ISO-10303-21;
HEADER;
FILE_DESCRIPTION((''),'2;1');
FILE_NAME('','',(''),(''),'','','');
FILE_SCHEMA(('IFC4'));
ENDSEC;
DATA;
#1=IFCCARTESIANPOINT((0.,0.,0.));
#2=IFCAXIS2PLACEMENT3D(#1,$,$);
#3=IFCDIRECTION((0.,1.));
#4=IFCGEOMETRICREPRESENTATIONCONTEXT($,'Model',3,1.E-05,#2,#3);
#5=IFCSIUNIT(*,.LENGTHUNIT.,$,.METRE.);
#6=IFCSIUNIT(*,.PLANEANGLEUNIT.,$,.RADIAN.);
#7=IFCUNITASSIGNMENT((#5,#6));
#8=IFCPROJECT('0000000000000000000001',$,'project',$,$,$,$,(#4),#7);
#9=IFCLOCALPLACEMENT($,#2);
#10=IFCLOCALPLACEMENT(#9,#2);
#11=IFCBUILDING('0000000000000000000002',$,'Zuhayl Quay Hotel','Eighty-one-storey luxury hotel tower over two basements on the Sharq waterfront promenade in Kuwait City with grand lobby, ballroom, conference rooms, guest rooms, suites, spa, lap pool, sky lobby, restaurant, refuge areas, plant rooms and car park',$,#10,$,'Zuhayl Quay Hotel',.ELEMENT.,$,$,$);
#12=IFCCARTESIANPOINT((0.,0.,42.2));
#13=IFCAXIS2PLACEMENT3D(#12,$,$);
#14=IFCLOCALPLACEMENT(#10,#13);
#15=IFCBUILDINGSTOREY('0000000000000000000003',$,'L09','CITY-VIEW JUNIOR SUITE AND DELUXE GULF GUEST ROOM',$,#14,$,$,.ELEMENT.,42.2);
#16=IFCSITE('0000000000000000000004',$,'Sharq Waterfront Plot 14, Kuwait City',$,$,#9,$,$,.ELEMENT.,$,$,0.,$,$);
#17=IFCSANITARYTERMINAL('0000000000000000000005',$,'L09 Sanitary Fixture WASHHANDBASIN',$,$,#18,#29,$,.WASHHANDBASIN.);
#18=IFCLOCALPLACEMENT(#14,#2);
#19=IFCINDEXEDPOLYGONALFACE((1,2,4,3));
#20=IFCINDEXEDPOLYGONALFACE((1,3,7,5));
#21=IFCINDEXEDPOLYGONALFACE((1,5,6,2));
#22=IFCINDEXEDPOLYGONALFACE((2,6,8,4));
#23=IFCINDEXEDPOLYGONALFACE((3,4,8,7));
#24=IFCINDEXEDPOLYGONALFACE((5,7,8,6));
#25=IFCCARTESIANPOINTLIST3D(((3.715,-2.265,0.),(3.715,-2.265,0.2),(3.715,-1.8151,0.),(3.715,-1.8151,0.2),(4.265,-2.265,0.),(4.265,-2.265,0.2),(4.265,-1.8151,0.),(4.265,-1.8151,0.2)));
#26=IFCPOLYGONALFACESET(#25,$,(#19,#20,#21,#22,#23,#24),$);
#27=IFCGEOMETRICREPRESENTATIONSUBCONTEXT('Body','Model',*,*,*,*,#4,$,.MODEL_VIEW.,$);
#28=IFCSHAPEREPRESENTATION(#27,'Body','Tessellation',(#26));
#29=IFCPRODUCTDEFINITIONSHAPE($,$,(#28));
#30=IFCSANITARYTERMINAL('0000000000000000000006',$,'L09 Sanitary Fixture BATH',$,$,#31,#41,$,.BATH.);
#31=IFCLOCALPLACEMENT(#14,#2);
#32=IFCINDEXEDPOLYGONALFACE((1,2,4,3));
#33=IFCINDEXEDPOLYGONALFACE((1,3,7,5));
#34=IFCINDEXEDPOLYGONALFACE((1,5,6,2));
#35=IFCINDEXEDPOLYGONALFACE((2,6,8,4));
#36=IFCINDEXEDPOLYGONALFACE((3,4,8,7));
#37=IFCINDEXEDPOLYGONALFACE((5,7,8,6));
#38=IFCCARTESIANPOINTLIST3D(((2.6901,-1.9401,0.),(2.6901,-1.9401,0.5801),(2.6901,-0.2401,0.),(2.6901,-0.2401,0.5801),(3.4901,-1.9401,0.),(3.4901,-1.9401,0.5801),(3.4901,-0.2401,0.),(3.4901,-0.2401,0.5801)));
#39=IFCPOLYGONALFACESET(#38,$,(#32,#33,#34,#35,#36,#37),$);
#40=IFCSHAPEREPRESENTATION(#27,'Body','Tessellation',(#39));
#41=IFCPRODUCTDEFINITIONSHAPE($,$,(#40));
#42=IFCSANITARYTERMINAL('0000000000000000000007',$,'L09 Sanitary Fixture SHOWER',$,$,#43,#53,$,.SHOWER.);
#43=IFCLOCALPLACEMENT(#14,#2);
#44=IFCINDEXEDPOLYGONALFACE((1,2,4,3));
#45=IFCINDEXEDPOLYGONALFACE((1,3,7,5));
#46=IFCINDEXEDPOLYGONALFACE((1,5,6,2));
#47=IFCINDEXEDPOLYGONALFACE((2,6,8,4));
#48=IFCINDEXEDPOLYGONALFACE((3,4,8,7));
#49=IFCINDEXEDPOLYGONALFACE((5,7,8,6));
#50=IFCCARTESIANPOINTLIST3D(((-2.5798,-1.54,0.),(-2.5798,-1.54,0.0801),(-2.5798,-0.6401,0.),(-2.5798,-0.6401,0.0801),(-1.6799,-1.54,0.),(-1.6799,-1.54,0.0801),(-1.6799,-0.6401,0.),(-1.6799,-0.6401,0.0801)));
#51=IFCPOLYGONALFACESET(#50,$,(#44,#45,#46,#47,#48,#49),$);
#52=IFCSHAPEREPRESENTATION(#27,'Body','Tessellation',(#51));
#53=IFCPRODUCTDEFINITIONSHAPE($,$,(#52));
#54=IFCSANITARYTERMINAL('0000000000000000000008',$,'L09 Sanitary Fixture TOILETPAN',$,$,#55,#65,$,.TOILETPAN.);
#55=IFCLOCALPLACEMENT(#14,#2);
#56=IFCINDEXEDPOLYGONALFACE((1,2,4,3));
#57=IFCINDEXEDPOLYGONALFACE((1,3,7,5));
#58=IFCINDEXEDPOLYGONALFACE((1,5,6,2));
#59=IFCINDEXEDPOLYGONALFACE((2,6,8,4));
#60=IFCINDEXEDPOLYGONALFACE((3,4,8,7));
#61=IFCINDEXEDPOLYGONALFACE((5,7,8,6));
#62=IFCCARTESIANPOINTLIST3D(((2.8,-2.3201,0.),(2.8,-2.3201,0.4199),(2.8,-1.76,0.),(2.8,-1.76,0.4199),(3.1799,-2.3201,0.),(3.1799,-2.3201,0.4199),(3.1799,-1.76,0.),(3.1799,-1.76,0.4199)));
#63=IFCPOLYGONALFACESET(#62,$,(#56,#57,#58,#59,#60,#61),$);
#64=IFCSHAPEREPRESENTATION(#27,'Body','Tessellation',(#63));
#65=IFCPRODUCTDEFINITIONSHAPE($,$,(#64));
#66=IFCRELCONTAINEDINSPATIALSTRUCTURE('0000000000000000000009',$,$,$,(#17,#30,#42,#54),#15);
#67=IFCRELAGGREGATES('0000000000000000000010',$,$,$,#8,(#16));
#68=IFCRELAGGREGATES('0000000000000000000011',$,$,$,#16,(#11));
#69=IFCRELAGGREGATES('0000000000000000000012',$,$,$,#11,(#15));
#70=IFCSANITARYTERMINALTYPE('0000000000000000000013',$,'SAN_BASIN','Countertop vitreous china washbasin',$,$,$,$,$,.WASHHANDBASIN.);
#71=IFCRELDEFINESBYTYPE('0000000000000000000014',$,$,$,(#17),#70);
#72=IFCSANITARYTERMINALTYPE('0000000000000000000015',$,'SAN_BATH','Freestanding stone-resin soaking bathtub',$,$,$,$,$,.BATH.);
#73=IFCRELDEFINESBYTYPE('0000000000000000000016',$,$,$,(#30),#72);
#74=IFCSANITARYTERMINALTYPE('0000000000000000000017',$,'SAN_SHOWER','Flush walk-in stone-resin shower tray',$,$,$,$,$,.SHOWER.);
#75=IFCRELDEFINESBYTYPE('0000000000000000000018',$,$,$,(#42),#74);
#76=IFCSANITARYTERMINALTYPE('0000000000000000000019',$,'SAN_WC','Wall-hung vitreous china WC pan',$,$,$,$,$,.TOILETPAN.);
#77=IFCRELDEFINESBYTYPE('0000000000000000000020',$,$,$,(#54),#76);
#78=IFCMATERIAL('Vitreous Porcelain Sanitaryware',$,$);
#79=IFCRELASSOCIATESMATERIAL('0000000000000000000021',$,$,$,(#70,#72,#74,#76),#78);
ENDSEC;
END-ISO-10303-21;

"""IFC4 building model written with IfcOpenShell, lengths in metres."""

from ifc_helpers import new_model, si_unit, direction, frame, origin, origin_2d, place, context, subcontext, project, spatial, rectangle, extrude, material, type_object, element, save


model = new_model("IFC4")

# Units and contexts
model_context = context("Model", 3, precision=1e-05, world=origin(), true_north=direction((0.0, 1.0)))
body_context = subcontext(model_context, "Body", "Model", "MODEL_VIEW")
ifc_project = project(units=[si_unit("LENGTHUNIT", "METRE"), si_unit("PLANEANGLEUNIT", "RADIAN")], contexts=[model_context])

# Site, building, storey
site_placement = place(None, origin())
site = spatial("IfcSite", under=ifc_project, at=site_placement, Name="Sharq Waterfront Plot 14, Kuwait City", CompositionType="ELEMENT", RefElevation=0.0)
building_placement = place(site_placement, origin())
building = spatial("IfcBuilding", under=site, at=building_placement, Name="Zuhayl Quay Hotel", Description="Eighty-one-storey luxury hotel tower over two basements on the Sharq waterfront promenade in Kuwait City with grand lobby, ballroom, conference rooms, guest rooms, suites, spa, lap pool, sky lobby, restaurant, refuge areas, plant rooms and car park", LongName="Zuhayl Quay Hotel", CompositionType="ELEMENT")
storey_placement = place(building_placement, frame((0.0, 0.0, 42.2)))
storey = spatial("IfcBuildingStorey", under=building, at=storey_placement, Name="L09", Description="CITY-VIEW JUNIOR SUITE AND DELUXE GULF GUEST ROOM", CompositionType="ELEMENT", Elevation=42.2)

# Sanitary terminals
ifc_material_1 = material(Name="Vitreous Porcelain Sanitaryware")
sanitary_terminal_type_1 = type_object("IfcSanitaryTerminalType", Name="SAN_BASIN", Description="Countertop vitreous china washbasin", PredefinedType="WASHHANDBASIN", material=ifc_material_1)
sanitary_terminal_1_placement = place(storey_placement, frame((3.99, -2.04, 0.0), z_axis=(0.0, 0.0, 1.0), x_axis=(1.0, 0.0, 0.0)))
element("IfcSanitaryTerminal", 1, at=sanitary_terminal_1_placement, inside=storey, type_object=sanitary_terminal_type_1, Name="L09 Sanitary Fixture WASHHANDBASIN", PredefinedType="WASHHANDBASIN", context=body_context, shape_type="SweptSolid", body=[
    extrude(rectangle(XDim=0.55, YDim=0.45, at=origin_2d()), origin(), (0.0, 0.0, 1.0), 0.2),
])
sanitary_terminal_type_2 = type_object("IfcSanitaryTerminalType", Name="SAN_BATH", Description="Freestanding stone-resin soaking bathtub", PredefinedType="BATH", material=ifc_material_1)
sanitary_terminal_2_placement = place(storey_placement, frame((3.0901, -1.0901, 0.0), z_axis=(0.0, 0.0, 1.0), x_axis=(1.0, 0.0, 0.0)))
element("IfcSanitaryTerminal", 2, at=sanitary_terminal_2_placement, inside=storey, type_object=sanitary_terminal_type_2, Name="L09 Sanitary Fixture BATH", PredefinedType="BATH", context=body_context, shape_type="SweptSolid", body=[
    extrude(rectangle(XDim=0.8, YDim=1.7, at=origin_2d()), origin(), (0.0, 0.0, 1.0), 0.5801),
])
sanitary_terminal_type_3 = type_object("IfcSanitaryTerminalType", Name="SAN_SHOWER", Description="Flush walk-in stone-resin shower tray", PredefinedType="SHOWER", material=ifc_material_1)
sanitary_terminal_3_placement = place(storey_placement, frame((-2.1299, -1.0901, 0.0), z_axis=(0.0, 0.0, 1.0), x_axis=(1.0, 0.0, 0.0)))
element("IfcSanitaryTerminal", 3, at=sanitary_terminal_3_placement, inside=storey, type_object=sanitary_terminal_type_3, Name="L09 Sanitary Fixture SHOWER", PredefinedType="SHOWER", context=body_context, shape_type="SweptSolid", body=[
    extrude(rectangle(XDim=0.8999, YDim=0.8999, at=origin_2d()), origin(), (0.0, 0.0, 1.0), 0.0801),
])
sanitary_terminal_type_4 = type_object("IfcSanitaryTerminalType", Name="SAN_WC", Description="Wall-hung vitreous china WC pan", PredefinedType="TOILETPAN", material=ifc_material_1)
sanitary_terminal_4_placement = place(storey_placement, frame((2.99, -2.04, 0.0), z_axis=(0.0, 0.0, 1.0), x_axis=(1.0, 0.0, 0.0)))
element("IfcSanitaryTerminal", 4, at=sanitary_terminal_4_placement, inside=storey, type_object=sanitary_terminal_type_4, Name="L09 Sanitary Fixture TOILETPAN", PredefinedType="TOILETPAN", context=body_context, shape_type="SweptSolid", body=[
    extrude(rectangle(XDim=0.3799, YDim=0.5601, at=origin_2d()), origin(), (0.0, 0.0, 1.0), 0.4199),
])

save(model, "model.ifc")
